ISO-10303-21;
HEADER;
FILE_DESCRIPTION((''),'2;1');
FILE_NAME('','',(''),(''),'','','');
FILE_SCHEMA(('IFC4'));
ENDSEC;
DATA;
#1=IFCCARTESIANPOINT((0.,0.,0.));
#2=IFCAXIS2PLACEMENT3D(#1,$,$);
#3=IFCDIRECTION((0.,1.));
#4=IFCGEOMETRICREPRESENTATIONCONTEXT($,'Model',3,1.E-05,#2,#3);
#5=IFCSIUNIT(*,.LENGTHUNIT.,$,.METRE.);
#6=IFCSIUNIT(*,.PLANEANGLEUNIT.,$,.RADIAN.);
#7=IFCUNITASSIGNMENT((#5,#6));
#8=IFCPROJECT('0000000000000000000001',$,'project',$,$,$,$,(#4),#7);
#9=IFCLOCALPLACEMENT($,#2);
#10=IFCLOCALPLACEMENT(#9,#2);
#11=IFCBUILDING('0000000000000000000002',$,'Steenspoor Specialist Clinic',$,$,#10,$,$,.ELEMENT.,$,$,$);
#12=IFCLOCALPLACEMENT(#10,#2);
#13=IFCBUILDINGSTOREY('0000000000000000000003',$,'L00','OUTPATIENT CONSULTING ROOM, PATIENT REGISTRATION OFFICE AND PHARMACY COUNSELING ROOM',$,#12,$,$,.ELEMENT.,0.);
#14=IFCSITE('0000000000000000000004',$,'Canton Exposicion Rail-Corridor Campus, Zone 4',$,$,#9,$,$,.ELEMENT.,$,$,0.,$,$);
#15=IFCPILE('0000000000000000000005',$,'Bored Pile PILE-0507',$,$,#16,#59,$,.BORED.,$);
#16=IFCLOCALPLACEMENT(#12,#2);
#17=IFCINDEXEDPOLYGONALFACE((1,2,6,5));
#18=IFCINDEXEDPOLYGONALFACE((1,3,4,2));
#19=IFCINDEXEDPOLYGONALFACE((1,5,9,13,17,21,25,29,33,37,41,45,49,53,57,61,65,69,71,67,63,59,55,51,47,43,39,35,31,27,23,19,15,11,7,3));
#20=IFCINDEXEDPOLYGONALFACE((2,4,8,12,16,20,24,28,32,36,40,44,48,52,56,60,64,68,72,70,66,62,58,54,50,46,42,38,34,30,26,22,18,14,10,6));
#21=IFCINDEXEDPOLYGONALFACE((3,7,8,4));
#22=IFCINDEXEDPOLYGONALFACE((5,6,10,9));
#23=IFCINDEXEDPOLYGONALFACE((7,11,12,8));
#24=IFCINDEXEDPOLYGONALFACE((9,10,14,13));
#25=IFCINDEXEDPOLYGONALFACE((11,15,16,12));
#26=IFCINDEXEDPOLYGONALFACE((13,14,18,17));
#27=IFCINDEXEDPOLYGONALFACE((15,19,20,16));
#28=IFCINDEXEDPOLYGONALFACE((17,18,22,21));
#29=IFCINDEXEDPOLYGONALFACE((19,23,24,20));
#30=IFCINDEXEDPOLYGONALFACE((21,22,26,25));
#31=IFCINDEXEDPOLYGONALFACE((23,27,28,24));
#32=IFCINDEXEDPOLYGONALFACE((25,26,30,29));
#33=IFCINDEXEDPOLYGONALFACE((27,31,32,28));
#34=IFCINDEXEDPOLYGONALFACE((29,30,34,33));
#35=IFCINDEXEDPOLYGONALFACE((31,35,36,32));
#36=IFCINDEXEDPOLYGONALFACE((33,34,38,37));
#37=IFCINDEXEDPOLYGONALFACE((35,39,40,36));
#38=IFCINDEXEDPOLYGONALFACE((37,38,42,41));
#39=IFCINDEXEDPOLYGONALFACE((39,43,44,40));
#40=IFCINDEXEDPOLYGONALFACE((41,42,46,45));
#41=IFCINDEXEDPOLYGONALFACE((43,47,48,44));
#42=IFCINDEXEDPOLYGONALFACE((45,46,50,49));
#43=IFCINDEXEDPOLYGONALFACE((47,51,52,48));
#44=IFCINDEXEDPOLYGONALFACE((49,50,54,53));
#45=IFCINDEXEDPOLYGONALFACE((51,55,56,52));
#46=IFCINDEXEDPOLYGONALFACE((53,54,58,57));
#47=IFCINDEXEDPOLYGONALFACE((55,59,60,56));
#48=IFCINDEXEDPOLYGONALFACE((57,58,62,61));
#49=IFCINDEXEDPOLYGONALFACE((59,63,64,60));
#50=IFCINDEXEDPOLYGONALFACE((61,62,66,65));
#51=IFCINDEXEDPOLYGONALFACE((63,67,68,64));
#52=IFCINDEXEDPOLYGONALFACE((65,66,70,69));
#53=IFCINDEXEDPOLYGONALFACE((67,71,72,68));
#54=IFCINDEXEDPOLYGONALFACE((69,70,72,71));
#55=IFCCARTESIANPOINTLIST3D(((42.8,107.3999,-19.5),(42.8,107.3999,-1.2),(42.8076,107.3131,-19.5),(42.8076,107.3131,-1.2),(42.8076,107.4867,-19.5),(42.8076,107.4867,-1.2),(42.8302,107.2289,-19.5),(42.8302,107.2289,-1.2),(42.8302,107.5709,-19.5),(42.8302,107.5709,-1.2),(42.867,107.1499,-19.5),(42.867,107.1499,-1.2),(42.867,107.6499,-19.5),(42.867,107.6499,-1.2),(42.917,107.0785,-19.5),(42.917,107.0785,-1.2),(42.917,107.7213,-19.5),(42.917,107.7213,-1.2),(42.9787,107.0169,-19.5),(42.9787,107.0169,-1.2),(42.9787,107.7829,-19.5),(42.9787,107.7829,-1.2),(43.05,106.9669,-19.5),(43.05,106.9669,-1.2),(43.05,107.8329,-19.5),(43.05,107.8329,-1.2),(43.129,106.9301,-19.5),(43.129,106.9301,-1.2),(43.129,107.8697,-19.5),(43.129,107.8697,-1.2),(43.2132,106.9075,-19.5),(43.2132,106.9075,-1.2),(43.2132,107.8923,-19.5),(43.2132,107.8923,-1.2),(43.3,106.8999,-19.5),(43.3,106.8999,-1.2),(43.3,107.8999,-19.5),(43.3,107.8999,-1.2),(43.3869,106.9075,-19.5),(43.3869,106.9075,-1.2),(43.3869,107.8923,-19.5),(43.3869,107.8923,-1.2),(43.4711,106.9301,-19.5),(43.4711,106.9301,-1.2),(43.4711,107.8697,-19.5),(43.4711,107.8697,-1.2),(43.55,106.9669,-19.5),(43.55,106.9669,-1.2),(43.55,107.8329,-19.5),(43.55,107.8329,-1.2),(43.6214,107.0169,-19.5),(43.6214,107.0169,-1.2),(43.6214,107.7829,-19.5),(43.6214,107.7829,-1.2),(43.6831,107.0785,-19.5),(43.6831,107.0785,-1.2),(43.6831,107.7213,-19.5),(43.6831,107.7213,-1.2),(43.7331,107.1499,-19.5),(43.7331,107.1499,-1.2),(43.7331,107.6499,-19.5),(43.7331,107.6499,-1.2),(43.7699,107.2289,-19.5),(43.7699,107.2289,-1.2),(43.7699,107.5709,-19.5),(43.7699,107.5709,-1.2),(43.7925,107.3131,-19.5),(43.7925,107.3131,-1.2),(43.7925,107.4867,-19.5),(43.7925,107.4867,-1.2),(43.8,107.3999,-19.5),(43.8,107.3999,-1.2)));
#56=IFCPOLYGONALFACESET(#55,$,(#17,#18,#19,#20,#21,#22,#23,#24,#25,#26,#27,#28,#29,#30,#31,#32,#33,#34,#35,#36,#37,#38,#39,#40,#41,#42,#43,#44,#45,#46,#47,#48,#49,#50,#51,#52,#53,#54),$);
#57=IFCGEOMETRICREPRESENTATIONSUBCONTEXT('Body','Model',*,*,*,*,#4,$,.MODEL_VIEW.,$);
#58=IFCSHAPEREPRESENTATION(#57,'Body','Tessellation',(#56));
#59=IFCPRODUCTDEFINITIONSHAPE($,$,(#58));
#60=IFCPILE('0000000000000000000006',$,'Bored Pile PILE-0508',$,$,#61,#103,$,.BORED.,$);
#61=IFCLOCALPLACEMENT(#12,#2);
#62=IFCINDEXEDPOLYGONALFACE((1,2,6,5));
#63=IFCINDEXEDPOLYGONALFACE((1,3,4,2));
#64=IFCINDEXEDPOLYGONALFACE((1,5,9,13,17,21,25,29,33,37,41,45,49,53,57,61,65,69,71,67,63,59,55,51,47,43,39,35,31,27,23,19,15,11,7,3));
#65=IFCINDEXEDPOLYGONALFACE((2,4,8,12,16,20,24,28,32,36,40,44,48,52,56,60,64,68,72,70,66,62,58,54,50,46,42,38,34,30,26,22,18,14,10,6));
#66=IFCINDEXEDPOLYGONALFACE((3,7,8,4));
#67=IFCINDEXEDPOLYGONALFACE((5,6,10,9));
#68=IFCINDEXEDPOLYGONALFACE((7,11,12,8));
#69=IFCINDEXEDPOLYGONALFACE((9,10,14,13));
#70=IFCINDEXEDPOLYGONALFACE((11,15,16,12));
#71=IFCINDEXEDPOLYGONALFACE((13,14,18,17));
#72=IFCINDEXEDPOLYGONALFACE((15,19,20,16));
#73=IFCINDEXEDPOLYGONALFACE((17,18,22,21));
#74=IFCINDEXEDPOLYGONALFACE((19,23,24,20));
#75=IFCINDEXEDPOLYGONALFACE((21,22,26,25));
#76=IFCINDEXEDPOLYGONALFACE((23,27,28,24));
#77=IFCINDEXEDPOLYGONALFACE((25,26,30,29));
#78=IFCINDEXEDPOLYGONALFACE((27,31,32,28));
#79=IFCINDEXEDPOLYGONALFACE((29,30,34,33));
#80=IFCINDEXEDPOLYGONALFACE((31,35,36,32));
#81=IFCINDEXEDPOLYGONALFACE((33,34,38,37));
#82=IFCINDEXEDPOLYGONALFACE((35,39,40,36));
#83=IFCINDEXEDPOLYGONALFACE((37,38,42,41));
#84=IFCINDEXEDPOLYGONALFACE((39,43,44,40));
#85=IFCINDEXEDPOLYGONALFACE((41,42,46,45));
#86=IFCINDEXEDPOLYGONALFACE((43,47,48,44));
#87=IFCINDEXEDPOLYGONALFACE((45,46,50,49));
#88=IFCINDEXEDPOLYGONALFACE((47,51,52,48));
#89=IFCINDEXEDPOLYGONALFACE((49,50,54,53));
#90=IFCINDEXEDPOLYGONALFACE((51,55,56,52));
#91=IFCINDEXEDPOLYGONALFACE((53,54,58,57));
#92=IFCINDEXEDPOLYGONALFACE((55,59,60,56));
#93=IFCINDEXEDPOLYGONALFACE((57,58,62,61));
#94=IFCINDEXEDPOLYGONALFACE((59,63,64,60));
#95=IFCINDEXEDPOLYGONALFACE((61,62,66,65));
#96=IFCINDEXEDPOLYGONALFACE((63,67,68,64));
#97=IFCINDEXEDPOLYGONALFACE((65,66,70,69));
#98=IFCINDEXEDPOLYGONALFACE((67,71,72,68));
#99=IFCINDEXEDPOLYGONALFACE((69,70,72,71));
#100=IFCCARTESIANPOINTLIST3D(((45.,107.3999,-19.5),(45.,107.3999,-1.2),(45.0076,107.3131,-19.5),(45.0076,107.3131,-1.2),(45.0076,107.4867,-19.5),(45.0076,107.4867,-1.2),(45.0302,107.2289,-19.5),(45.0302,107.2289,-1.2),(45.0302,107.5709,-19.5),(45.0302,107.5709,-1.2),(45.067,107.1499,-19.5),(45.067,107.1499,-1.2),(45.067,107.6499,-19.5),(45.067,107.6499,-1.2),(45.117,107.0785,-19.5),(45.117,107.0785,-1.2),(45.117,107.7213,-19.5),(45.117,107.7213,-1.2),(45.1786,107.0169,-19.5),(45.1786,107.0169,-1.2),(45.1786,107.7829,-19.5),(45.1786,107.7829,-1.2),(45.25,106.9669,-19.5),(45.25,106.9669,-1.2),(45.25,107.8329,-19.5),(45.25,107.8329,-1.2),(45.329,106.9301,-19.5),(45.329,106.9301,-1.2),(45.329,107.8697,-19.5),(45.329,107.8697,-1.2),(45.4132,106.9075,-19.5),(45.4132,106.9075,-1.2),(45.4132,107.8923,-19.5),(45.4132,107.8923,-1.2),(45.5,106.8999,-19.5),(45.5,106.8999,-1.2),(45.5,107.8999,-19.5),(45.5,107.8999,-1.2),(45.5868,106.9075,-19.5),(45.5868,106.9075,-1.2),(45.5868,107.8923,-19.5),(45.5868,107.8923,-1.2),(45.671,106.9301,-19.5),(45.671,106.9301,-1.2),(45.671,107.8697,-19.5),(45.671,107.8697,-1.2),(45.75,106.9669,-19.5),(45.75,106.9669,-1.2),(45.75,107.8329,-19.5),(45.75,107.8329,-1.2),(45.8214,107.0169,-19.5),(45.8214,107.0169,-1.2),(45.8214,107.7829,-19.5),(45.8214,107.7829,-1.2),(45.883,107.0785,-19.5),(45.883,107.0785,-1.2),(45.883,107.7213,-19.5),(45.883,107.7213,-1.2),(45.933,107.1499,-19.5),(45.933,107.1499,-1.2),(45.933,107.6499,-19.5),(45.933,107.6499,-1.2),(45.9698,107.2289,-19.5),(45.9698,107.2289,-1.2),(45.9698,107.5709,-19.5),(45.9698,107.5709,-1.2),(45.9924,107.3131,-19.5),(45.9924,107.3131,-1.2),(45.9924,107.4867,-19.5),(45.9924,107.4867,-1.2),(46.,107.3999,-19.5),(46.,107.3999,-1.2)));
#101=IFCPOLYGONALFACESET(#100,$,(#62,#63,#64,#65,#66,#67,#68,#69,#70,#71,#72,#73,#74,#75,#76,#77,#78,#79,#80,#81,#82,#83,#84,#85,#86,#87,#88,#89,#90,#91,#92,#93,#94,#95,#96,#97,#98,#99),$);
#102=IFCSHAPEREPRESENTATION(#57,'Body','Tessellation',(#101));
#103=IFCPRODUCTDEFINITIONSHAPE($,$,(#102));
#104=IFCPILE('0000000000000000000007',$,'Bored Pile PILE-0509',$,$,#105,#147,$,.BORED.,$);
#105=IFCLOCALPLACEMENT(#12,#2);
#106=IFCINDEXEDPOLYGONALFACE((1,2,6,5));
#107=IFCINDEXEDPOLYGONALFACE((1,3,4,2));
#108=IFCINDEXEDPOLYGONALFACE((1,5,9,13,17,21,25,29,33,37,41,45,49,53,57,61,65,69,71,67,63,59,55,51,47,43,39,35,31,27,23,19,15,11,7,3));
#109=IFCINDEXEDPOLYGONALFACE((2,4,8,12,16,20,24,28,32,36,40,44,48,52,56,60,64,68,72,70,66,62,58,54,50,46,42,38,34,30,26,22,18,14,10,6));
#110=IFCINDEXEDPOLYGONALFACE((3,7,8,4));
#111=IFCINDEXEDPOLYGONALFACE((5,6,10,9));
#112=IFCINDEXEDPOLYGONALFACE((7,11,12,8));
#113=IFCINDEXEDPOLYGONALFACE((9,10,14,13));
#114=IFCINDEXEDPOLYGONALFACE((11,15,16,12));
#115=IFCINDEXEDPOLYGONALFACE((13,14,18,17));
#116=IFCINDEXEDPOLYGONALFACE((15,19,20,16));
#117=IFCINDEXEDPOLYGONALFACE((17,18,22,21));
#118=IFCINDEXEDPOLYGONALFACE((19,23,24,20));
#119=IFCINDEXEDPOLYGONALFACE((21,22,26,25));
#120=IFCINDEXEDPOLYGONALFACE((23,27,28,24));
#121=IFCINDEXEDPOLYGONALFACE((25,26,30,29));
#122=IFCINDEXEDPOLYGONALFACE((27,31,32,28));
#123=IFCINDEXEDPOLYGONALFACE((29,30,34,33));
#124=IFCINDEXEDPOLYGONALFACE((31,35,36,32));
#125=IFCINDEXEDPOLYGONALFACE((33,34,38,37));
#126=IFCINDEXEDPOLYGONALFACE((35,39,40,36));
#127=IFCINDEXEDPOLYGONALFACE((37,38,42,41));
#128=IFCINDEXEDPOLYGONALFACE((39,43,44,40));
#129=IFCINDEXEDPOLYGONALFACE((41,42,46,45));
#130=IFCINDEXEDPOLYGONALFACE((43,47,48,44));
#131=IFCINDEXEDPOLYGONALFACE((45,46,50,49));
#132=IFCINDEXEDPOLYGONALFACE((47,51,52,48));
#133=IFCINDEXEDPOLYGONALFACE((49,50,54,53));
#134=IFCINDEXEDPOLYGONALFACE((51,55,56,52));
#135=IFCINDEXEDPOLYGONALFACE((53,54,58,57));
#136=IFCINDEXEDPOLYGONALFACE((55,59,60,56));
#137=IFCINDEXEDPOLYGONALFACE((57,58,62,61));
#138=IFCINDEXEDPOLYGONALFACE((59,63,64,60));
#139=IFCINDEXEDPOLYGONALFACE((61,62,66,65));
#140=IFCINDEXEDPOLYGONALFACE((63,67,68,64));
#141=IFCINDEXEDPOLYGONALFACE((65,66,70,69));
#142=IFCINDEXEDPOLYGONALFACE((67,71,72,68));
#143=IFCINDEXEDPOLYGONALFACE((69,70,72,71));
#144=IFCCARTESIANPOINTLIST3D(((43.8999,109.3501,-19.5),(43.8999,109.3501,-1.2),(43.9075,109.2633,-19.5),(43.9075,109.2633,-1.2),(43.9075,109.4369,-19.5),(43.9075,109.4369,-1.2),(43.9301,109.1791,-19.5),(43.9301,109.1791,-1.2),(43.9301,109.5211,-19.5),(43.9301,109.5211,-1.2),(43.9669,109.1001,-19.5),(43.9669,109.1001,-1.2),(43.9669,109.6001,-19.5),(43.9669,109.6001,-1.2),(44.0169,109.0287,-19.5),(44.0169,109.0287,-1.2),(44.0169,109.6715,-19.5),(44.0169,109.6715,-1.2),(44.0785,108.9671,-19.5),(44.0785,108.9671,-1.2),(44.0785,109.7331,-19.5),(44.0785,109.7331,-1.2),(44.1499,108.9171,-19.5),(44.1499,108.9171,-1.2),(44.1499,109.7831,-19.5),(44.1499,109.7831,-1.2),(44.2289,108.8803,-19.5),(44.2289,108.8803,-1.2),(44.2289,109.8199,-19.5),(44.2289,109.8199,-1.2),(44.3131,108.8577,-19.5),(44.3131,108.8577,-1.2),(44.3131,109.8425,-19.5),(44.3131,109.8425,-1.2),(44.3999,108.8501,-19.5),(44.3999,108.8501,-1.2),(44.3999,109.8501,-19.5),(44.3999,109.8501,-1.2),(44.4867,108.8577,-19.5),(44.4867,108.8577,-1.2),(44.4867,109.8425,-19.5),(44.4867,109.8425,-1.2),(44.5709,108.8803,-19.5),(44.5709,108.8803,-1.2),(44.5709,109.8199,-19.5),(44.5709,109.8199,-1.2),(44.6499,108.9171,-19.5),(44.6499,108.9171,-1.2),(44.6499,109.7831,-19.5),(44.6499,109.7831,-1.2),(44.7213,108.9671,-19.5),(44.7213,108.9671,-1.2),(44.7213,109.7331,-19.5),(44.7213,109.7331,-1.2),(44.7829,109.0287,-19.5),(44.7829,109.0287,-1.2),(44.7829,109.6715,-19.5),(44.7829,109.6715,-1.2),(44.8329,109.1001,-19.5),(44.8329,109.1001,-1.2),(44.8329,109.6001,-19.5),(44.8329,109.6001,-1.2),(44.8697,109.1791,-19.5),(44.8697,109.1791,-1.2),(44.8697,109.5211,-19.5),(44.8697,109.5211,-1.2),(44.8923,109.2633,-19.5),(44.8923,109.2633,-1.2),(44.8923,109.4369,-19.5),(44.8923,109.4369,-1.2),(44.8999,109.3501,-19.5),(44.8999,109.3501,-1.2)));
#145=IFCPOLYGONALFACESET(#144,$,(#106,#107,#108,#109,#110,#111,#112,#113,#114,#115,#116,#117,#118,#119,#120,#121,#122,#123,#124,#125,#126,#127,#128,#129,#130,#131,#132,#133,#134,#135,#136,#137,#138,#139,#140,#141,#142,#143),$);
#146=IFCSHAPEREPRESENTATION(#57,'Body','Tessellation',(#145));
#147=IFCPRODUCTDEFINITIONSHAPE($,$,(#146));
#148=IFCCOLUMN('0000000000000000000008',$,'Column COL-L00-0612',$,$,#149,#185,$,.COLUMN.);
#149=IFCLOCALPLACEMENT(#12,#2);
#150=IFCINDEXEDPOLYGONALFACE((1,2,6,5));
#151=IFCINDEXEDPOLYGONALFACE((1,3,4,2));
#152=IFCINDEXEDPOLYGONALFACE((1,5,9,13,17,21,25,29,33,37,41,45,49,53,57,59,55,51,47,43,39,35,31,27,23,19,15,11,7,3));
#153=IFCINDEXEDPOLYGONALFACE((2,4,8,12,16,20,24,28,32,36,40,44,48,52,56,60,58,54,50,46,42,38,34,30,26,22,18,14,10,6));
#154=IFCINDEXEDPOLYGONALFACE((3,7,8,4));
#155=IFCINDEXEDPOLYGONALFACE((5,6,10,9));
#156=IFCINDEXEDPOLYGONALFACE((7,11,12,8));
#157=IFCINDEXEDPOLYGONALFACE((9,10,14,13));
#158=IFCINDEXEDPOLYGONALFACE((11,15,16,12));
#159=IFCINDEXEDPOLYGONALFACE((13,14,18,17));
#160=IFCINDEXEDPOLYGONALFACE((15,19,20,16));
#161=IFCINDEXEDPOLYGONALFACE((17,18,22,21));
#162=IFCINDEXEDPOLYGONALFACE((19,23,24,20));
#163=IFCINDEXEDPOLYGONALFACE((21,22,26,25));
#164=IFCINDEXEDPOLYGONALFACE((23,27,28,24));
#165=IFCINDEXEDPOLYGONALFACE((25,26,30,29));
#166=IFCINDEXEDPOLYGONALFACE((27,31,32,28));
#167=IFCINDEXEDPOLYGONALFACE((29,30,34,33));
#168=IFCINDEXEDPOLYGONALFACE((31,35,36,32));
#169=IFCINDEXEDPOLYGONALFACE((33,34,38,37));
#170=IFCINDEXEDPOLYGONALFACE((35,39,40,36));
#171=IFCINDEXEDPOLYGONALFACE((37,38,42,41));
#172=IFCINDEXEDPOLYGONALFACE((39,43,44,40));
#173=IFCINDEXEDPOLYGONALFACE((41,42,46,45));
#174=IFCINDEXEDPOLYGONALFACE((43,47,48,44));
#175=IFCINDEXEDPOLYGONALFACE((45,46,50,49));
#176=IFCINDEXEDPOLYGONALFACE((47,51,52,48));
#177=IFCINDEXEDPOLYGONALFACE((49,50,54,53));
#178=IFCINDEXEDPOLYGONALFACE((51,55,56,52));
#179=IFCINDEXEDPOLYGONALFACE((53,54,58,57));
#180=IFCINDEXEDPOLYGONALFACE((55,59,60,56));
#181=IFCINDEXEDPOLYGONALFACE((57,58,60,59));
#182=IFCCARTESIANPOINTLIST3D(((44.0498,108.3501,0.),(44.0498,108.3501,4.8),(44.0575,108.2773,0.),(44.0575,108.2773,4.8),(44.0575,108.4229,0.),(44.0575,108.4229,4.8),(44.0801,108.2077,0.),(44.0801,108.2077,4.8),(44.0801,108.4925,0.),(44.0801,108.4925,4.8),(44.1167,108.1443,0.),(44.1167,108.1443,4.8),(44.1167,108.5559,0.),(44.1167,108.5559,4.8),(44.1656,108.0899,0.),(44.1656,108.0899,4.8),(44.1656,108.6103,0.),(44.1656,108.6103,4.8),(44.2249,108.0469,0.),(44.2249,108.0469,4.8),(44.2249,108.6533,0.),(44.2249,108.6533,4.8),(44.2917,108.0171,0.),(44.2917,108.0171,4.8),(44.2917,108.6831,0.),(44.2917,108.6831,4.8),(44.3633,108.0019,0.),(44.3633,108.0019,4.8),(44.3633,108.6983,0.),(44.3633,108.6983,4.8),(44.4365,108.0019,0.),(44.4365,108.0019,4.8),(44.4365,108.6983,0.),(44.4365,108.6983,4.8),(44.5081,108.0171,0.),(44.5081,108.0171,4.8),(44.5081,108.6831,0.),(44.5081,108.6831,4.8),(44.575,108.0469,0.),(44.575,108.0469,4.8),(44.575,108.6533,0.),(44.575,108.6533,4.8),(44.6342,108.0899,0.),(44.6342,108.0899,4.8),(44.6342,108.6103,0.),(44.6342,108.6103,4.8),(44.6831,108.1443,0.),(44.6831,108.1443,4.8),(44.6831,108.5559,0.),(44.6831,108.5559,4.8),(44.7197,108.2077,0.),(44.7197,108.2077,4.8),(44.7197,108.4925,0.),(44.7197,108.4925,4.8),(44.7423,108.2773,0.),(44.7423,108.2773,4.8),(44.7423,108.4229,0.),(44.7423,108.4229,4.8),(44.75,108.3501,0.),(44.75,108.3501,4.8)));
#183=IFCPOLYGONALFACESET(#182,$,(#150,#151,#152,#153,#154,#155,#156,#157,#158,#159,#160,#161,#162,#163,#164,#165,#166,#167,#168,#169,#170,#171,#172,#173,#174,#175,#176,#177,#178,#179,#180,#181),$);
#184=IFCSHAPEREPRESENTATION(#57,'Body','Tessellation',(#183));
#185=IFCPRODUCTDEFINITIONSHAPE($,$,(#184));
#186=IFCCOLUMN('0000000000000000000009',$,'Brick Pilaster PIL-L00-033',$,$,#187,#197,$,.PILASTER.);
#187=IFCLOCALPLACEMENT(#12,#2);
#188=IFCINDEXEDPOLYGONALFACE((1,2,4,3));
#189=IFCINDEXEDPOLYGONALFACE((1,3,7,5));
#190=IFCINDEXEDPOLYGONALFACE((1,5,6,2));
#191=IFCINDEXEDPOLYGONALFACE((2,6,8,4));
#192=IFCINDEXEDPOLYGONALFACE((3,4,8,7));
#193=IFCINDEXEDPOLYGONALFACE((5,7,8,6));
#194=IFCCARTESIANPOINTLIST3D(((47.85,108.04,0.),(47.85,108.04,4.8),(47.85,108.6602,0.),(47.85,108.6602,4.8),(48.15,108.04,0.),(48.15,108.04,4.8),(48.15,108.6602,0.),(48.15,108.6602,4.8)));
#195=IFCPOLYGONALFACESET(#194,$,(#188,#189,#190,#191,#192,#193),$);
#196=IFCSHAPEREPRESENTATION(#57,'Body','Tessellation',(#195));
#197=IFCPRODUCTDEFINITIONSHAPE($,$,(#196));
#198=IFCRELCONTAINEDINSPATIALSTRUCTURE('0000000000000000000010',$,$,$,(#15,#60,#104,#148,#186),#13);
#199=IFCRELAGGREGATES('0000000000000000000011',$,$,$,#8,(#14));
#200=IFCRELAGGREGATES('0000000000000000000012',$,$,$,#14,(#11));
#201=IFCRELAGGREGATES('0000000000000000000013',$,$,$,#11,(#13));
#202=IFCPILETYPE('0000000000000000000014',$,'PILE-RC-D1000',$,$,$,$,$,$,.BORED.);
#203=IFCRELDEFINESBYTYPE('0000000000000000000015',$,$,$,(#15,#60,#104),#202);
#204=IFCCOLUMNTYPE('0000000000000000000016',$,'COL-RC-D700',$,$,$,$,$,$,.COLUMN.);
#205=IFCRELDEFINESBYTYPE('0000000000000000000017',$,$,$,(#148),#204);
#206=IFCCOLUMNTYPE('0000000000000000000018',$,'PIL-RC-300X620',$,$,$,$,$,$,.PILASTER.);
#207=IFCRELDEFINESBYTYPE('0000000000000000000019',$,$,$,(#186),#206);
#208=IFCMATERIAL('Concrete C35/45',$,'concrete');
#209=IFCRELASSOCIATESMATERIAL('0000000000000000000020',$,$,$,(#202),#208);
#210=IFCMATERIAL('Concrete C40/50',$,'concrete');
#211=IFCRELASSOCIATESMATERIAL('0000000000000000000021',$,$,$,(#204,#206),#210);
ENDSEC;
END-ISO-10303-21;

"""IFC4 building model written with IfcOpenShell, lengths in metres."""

from ifc_helpers import new_model, si_unit, direction, frame, origin, origin_2d, place, context, subcontext, project, spatial, rectangle, circle, extrude, material, material_profile, profile_set, type_object, element, save


model = new_model("IFC4")

# Units and contexts
model_context = context("Model", 3, precision=1e-05, world=origin(), true_north=direction((0.0, 1.0)))
body_context = subcontext(model_context, "Body", "Model", "MODEL_VIEW")
ifc_project = project(units=[si_unit("LENGTHUNIT", "METRE"), si_unit("PLANEANGLEUNIT", "RADIAN")], contexts=[model_context])

# Site, building, storey
site_placement = place(None, origin())
site = spatial("IfcSite", under=ifc_project, at=site_placement, Name="Canton Exposicion Rail-Corridor Campus, Zone 4", CompositionType="ELEMENT", RefElevation=0.0)
building_placement = place(site_placement, origin())
building = spatial("IfcBuilding", under=site, at=building_placement, Name="Steenspoor Specialist Clinic", CompositionType="ELEMENT")
storey_placement = place(building_placement, origin())
storey = spatial("IfcBuildingStorey", under=building, at=storey_placement, Name="L00", Description="OUTPATIENT CONSULTING ROOM, PATIENT REGISTRATION OFFICE AND PHARMACY COUNSELING ROOM", CompositionType="ELEMENT", Elevation=0.0)

# Shared definitions
ifc_material_1 = material(Name="Concrete C35/45", Category="concrete")

# Piles
ifc_material_profile_1 = material_profile(ifc_material_1, circle(Radius=0.5, at=origin_2d()), Name="PILE-D1000")
ifc_profile_set_1 = profile_set([ifc_material_profile_1], Name="Concrete C35/45")
pile_type = type_object("IfcPileType", Name="PILE-RC-D1000", PredefinedType="BORED", material=ifc_profile_set_1)
for number, where, z_axis, x_axis, name in (
    (1, (43.3, 107.3999, -1.2), (0.0, 0.0, -1.0), (1.0, 0.0, 0.0), "Bored Pile PILE-0507"),
    (2, (45.5, 107.3999, -1.2), (0.0, 0.0, -1.0), (1.0, 0.0, 0.0), "Bored Pile PILE-0508"),
    (3, (44.3999, 109.3501, -1.2), (0.0, 0.0, -1.0), (1.0, 0.0, 0.0), "Bored Pile PILE-0509"),
):
    element("IfcPile", number, at=place(storey_placement, frame(where, z_axis=z_axis, x_axis=x_axis)), inside=storey, type_object=pile_type, Name=name, PredefinedType="BORED", context=body_context, shape_type="SweptSolid", body=[
        extrude(circle(Radius=0.5, at=origin_2d()), origin(), (0.0, 0.0, 1.0), 18.3),
    ])

# Columns
ifc_material_2 = material(Name="Concrete C40/50", Category="concrete")
ifc_material_profile_2 = material_profile(ifc_material_2, circle(Radius=0.3501, at=origin_2d()), Name="RC-COL-D700")
ifc_profile_set_2 = profile_set([ifc_material_profile_2], Name="Concrete C40/50")
column_type_1 = type_object("IfcColumnType", Name="COL-RC-D700", PredefinedType="COLUMN", material=ifc_profile_set_2)
column_1_placement = place(storey_placement, frame((44.3999, 108.3501, 0.0), z_axis=(0.0, 0.0, 1.0), x_axis=(1.0, 0.0, 0.0)))
element("IfcColumn", 4, at=column_1_placement, inside=storey, type_object=column_type_1, Name="Column COL-L00-0612", PredefinedType="COLUMN", context=body_context, shape_type="SweptSolid", body=[
    extrude(circle(Radius=0.3501, at=origin_2d()), origin(), (0.0, 0.0, 1.0), 4.8),
])
ifc_material_profile_3 = material_profile(ifc_material_2, rectangle(XDim=0.3, YDim=0.6201, at=origin_2d()), Name="RC-PIL-300X620")
ifc_profile_set_3 = profile_set([ifc_material_profile_3], Name="Concrete C40/50")
column_type_2 = type_object("IfcColumnType", Name="PIL-RC-300X620", PredefinedType="PILASTER", material=ifc_profile_set_3)
column_2_placement = place(storey_placement, frame((48.0, 108.3501, 0.0), z_axis=(0.0, 0.0, 1.0), x_axis=(1.0, 0.0, 0.0)))
element("IfcColumn", 5, at=column_2_placement, inside=storey, type_object=column_type_2, Name="Brick Pilaster PIL-L00-033", PredefinedType="PILASTER", context=body_context, shape_type="SweptSolid", body=[
    extrude(rectangle(XDim=0.3, YDim=0.6201, at=origin_2d()), origin(), (0.0, 0.0, 1.0), 4.8),
])

save(model, "model.ifc")
